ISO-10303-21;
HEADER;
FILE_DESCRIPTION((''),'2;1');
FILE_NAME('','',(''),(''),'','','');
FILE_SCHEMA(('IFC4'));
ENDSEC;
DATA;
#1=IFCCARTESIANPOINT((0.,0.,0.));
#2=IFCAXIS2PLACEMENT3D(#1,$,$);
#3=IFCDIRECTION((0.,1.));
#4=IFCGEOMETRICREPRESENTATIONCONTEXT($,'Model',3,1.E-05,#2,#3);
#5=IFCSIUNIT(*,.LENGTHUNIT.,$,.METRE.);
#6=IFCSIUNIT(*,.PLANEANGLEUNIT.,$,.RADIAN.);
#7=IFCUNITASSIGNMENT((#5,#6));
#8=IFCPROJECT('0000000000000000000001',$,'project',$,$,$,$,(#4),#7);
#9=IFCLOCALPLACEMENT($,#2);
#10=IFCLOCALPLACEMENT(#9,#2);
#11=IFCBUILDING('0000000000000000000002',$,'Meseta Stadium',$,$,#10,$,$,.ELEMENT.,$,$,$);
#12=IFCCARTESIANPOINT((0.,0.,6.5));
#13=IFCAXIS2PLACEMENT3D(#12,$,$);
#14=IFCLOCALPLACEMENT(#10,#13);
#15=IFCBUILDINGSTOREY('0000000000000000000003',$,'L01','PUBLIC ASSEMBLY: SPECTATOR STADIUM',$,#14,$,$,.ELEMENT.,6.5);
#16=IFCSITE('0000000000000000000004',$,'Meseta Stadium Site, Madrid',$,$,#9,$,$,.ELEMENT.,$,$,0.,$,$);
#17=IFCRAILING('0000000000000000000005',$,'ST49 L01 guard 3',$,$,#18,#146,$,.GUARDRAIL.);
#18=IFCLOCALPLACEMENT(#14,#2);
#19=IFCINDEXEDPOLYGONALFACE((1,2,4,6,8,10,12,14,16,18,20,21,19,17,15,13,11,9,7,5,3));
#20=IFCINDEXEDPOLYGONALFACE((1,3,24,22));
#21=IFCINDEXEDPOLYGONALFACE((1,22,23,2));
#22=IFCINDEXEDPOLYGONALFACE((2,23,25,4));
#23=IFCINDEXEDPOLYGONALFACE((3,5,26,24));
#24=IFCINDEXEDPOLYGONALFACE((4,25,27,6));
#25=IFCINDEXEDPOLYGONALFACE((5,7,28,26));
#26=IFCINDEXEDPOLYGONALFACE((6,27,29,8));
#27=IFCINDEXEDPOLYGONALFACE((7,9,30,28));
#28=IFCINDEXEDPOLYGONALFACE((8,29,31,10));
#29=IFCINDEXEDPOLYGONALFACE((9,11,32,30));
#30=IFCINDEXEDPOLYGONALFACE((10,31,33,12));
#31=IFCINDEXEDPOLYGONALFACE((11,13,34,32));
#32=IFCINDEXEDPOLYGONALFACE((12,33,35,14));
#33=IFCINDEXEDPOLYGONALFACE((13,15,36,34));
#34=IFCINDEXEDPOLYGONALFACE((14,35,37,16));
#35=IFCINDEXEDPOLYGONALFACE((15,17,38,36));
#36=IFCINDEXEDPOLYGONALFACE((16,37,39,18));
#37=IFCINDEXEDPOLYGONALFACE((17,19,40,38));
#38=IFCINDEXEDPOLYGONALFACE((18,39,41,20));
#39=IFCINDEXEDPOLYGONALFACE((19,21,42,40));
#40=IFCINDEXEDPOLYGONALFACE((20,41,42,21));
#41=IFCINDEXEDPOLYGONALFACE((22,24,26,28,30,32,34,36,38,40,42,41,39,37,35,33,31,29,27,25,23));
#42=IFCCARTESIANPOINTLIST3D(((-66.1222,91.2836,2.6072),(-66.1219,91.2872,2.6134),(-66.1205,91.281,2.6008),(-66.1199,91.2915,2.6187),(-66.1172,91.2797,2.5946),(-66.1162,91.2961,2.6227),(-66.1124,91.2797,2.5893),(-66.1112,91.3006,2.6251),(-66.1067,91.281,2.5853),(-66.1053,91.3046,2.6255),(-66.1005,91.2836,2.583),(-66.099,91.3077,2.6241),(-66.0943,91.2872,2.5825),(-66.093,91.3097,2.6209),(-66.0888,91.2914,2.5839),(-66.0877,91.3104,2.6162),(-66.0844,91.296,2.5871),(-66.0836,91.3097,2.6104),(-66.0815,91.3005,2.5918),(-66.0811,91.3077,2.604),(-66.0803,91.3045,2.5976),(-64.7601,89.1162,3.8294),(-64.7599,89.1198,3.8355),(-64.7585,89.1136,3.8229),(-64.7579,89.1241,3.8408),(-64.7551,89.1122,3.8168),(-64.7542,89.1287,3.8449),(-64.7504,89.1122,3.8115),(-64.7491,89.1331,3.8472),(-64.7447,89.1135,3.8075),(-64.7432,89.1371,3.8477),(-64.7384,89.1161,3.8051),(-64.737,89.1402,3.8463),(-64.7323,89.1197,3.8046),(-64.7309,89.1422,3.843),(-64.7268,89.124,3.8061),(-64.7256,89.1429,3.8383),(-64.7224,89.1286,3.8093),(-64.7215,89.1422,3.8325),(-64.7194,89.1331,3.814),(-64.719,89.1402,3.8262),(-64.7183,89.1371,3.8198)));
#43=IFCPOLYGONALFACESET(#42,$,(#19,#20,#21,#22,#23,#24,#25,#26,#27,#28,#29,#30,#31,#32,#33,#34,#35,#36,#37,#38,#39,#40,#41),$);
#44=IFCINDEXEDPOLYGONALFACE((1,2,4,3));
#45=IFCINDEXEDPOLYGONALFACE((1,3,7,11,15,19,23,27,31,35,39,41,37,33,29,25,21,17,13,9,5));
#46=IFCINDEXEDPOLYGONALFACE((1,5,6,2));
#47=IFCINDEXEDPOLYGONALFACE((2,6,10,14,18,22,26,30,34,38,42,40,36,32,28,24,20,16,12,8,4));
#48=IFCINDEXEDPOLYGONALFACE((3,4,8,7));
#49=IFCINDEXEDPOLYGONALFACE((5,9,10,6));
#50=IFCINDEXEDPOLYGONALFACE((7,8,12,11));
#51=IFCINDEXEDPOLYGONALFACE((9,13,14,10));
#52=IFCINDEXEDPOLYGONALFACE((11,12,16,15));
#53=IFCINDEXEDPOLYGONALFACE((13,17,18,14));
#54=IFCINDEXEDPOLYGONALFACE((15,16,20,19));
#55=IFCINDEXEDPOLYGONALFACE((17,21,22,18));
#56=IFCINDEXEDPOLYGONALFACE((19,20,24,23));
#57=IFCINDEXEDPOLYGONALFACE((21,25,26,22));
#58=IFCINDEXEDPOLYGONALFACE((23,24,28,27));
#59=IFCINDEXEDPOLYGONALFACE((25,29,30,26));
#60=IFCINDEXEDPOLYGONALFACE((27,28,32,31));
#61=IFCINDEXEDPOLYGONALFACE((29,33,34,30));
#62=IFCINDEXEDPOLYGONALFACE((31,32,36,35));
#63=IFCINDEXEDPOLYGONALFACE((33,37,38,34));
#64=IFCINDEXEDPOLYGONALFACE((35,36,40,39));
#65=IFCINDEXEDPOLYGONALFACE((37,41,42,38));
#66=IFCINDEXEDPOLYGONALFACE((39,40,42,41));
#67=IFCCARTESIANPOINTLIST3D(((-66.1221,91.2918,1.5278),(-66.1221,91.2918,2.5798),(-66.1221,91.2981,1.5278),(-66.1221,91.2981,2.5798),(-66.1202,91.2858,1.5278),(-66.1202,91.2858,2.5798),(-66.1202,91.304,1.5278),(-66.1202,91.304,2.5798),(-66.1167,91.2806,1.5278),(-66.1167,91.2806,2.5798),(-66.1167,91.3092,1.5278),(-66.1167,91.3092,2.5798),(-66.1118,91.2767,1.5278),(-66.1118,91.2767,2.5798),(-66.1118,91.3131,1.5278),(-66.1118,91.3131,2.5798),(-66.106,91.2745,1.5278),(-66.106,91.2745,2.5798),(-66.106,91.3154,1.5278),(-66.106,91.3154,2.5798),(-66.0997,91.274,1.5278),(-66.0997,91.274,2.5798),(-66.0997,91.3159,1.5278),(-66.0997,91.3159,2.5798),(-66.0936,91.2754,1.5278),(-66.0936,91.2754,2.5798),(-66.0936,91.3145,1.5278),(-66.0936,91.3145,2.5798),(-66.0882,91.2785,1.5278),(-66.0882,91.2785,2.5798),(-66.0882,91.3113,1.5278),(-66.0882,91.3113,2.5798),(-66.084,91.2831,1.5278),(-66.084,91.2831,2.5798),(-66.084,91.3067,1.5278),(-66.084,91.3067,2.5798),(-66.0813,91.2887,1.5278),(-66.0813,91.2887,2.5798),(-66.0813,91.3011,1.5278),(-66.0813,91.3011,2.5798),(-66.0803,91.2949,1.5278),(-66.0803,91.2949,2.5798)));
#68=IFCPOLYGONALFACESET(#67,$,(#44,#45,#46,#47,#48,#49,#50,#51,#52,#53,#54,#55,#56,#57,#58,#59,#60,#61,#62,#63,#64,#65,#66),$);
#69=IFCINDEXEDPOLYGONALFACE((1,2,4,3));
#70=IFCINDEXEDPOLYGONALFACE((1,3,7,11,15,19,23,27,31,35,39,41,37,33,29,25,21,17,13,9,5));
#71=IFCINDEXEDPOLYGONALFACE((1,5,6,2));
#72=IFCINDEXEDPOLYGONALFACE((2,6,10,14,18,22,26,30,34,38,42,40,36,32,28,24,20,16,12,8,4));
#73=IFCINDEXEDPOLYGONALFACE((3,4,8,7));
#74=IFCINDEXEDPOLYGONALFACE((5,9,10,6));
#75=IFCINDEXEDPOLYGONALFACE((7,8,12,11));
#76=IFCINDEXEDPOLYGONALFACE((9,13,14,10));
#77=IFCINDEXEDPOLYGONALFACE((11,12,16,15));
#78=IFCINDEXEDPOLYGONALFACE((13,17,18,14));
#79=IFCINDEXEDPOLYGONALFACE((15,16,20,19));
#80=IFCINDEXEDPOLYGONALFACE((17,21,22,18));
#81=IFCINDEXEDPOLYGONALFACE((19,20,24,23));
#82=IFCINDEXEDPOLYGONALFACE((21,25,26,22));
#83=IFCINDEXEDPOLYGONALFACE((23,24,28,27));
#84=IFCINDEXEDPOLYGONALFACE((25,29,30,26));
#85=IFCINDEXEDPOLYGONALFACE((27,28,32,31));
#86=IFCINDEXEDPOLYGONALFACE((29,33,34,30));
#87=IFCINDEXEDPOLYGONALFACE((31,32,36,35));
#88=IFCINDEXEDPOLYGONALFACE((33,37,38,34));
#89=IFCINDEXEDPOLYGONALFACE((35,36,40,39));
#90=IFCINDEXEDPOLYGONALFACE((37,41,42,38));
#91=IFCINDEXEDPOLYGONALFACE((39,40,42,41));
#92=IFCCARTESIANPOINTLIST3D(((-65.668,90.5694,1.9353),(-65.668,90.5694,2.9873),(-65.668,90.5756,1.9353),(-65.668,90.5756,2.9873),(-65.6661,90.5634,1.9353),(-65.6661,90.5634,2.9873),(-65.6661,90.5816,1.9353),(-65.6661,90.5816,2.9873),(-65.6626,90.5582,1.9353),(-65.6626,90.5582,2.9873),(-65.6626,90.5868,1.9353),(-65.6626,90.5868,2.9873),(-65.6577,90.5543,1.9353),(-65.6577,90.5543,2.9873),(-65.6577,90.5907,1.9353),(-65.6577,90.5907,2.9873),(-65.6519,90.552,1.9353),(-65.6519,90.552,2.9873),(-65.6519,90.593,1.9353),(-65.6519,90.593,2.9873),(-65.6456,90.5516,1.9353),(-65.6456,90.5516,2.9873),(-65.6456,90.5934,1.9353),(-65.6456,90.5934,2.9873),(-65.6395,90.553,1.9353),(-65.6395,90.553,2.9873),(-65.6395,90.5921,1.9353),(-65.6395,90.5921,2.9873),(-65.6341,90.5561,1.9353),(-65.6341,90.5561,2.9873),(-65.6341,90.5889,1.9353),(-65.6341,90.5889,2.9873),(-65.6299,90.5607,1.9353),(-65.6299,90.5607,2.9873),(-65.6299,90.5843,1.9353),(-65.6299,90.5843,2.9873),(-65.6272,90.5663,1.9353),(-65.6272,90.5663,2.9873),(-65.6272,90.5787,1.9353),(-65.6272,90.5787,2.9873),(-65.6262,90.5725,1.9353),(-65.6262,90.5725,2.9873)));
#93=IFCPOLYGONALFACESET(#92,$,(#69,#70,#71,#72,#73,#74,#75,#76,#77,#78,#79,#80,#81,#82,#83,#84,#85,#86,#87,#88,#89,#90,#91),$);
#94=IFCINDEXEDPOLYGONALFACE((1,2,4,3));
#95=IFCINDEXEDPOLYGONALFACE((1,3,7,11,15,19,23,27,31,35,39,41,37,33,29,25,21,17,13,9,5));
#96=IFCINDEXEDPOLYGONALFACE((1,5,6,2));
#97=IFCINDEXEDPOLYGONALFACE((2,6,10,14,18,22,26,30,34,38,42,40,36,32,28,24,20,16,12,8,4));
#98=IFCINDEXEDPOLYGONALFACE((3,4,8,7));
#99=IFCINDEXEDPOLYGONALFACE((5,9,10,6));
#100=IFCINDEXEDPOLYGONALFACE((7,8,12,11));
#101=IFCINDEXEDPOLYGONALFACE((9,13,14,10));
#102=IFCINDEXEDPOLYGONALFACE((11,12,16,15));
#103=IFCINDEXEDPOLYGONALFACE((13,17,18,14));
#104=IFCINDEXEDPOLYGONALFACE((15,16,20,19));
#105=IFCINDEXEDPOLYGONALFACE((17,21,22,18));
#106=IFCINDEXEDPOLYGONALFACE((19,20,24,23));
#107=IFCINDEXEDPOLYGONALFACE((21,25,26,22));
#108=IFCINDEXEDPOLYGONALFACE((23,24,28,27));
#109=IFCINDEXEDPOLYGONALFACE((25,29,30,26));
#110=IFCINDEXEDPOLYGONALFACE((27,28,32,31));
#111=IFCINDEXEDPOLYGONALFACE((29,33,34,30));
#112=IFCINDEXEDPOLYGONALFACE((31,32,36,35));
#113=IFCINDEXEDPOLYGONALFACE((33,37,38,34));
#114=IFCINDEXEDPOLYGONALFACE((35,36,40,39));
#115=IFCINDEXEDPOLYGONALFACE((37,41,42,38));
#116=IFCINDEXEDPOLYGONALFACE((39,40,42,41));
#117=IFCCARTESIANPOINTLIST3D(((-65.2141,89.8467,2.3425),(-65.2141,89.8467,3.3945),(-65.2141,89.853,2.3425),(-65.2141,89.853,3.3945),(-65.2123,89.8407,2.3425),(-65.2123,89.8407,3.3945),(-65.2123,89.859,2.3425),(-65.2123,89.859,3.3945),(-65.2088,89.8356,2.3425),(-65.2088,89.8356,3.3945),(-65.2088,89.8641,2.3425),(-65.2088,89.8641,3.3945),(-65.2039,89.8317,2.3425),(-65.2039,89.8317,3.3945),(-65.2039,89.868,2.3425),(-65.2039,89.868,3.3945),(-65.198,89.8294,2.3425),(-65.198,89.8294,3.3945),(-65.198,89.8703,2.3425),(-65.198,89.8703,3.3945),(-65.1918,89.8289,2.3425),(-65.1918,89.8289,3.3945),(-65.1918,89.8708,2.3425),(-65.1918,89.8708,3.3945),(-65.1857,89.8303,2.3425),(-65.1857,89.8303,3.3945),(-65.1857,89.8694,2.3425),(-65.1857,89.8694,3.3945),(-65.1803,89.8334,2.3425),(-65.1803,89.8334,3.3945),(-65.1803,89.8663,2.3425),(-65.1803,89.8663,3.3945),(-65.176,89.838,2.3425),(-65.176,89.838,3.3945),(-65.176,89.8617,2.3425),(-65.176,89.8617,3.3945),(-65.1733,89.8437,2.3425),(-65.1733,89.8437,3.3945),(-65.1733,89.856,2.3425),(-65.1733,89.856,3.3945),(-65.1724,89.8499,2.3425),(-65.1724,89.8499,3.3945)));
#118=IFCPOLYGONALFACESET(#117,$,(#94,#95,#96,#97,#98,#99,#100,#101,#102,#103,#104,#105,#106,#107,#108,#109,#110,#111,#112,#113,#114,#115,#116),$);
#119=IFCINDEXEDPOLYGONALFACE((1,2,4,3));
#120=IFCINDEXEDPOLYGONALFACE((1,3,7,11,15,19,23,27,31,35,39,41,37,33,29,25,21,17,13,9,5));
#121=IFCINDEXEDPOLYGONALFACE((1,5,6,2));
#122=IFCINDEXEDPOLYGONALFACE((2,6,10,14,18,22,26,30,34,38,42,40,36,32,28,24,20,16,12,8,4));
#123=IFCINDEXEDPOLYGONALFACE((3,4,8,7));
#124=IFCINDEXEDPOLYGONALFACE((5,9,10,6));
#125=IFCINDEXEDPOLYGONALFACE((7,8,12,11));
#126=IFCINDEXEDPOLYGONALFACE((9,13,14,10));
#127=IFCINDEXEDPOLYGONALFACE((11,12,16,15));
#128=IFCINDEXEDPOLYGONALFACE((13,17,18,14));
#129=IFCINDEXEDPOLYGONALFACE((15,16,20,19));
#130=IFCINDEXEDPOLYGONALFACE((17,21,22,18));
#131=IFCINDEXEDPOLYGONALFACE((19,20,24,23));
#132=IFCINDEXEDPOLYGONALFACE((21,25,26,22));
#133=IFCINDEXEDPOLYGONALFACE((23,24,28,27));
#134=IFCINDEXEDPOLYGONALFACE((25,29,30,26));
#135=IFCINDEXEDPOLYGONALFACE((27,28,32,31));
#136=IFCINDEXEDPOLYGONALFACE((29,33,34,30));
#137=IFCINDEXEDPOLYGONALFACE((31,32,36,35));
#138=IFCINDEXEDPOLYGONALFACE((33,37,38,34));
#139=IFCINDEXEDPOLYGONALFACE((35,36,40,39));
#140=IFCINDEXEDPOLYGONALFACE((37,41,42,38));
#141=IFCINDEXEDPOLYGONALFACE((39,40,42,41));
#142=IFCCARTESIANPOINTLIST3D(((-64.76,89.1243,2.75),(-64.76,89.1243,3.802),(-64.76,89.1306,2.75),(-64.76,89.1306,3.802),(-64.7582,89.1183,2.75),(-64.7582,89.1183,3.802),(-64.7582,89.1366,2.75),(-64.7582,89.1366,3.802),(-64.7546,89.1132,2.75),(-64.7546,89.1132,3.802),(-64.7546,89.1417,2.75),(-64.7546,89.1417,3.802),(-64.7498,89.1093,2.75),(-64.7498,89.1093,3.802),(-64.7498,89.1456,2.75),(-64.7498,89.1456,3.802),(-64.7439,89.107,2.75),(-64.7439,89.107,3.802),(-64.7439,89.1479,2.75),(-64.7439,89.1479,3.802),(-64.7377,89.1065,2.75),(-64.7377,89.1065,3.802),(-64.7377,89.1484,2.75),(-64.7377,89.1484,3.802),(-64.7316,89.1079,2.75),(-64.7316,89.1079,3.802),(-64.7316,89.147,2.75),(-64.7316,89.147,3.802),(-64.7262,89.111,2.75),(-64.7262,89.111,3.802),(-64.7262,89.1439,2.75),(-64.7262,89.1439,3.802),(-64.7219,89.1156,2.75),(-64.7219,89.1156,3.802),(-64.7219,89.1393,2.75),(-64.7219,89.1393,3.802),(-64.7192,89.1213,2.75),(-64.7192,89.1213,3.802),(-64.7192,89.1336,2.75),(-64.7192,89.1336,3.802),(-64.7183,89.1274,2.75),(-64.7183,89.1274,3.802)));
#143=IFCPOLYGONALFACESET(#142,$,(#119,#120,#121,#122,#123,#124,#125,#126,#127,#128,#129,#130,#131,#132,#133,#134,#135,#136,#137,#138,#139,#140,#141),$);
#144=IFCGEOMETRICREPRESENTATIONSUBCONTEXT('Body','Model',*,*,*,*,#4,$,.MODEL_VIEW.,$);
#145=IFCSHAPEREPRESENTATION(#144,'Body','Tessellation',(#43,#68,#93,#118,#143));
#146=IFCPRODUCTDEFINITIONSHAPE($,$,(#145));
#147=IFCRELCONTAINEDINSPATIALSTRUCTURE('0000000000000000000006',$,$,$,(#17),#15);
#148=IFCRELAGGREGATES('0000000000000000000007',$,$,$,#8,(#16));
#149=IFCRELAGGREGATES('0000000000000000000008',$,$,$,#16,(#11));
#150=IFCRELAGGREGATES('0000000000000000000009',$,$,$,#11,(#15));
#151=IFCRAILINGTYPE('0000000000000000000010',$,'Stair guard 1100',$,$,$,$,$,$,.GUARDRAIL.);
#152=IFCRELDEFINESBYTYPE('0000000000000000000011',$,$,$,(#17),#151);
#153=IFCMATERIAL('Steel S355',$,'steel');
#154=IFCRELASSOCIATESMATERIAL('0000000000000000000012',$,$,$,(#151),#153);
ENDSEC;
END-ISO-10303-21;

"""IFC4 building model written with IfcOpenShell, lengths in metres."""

from ifc_helpers import new_model, si_unit, direction, frame, origin, origin_2d, place, context, subcontext, project, spatial, circle, extrude, material, type_object, element, save


model = new_model("IFC4")

# Units and contexts
model_context = context("Model", 3, precision=1e-05, world=origin(), true_north=direction((0.0, 1.0)))
body_context = subcontext(model_context, "Body", "Model", "MODEL_VIEW")
ifc_project = project(units=[si_unit("LENGTHUNIT", "METRE"), si_unit("PLANEANGLEUNIT", "RADIAN")], contexts=[model_context])

# Site, building, storey
site_placement = place(None, origin())
site = spatial("IfcSite", under=ifc_project, at=site_placement, Name="Meseta Stadium Site, Madrid", CompositionType="ELEMENT", RefElevation=0.0)
building_placement = place(site_placement, origin())
building = spatial("IfcBuilding", under=site, at=building_placement, Name="Meseta Stadium", CompositionType="ELEMENT")
storey_placement = place(building_placement, frame((0.0, 0.0, 6.5)))
storey = spatial("IfcBuildingStorey", under=building, at=storey_placement, Name="L01", Description="PUBLIC ASSEMBLY: SPECTATOR STADIUM", CompositionType="ELEMENT", Elevation=6.5)

# Railing
ifc_material_1 = material(Name="Steel S355", Category="steel")
railing_type_1 = type_object("IfcRailingType", Name="Stair guard 1100", PredefinedType="GUARDRAIL", material=ifc_material_1)
railing_1_placement = place(storey_placement, frame((-66.1013, 91.2949, 1.5278)))
element("IfcRailing", 1, at=railing_1_placement, inside=storey, type_object=railing_type_1, Name="ST49 L01 guard 3", PredefinedType="GUARDRAIL", context=body_context, shape_type="SweptSolid", body=[
    extrude(circle(Radius=0.0239, at=origin_2d()), frame((0.0, 0.0, 1.0762), z_axis=(0.480156, -0.764085, 0.430841), x_axis=(0.846699, 0.532072, 0.0)), (0.0, 0.0, 1.0), 2.8367),
    extrude(circle(Radius=0.021, at=origin_2d()), origin(), (0.0, 0.0, 1.0), 1.052),
    extrude(circle(Radius=0.021, at=origin_2d()), frame((0.4541, -0.7224, 0.4075)), (0.0, 0.0, 1.0), 1.052),
    extrude(circle(Radius=0.021, at=origin_2d()), frame((0.908, -1.4451, 0.8147)), (0.0, 0.0, 1.0), 1.052),
    extrude(circle(Radius=0.021, at=origin_2d()), frame((1.3621, -2.1675, 1.2222)), (0.0, 0.0, 1.0), 1.052),
])

save(model, "model.ifc")
